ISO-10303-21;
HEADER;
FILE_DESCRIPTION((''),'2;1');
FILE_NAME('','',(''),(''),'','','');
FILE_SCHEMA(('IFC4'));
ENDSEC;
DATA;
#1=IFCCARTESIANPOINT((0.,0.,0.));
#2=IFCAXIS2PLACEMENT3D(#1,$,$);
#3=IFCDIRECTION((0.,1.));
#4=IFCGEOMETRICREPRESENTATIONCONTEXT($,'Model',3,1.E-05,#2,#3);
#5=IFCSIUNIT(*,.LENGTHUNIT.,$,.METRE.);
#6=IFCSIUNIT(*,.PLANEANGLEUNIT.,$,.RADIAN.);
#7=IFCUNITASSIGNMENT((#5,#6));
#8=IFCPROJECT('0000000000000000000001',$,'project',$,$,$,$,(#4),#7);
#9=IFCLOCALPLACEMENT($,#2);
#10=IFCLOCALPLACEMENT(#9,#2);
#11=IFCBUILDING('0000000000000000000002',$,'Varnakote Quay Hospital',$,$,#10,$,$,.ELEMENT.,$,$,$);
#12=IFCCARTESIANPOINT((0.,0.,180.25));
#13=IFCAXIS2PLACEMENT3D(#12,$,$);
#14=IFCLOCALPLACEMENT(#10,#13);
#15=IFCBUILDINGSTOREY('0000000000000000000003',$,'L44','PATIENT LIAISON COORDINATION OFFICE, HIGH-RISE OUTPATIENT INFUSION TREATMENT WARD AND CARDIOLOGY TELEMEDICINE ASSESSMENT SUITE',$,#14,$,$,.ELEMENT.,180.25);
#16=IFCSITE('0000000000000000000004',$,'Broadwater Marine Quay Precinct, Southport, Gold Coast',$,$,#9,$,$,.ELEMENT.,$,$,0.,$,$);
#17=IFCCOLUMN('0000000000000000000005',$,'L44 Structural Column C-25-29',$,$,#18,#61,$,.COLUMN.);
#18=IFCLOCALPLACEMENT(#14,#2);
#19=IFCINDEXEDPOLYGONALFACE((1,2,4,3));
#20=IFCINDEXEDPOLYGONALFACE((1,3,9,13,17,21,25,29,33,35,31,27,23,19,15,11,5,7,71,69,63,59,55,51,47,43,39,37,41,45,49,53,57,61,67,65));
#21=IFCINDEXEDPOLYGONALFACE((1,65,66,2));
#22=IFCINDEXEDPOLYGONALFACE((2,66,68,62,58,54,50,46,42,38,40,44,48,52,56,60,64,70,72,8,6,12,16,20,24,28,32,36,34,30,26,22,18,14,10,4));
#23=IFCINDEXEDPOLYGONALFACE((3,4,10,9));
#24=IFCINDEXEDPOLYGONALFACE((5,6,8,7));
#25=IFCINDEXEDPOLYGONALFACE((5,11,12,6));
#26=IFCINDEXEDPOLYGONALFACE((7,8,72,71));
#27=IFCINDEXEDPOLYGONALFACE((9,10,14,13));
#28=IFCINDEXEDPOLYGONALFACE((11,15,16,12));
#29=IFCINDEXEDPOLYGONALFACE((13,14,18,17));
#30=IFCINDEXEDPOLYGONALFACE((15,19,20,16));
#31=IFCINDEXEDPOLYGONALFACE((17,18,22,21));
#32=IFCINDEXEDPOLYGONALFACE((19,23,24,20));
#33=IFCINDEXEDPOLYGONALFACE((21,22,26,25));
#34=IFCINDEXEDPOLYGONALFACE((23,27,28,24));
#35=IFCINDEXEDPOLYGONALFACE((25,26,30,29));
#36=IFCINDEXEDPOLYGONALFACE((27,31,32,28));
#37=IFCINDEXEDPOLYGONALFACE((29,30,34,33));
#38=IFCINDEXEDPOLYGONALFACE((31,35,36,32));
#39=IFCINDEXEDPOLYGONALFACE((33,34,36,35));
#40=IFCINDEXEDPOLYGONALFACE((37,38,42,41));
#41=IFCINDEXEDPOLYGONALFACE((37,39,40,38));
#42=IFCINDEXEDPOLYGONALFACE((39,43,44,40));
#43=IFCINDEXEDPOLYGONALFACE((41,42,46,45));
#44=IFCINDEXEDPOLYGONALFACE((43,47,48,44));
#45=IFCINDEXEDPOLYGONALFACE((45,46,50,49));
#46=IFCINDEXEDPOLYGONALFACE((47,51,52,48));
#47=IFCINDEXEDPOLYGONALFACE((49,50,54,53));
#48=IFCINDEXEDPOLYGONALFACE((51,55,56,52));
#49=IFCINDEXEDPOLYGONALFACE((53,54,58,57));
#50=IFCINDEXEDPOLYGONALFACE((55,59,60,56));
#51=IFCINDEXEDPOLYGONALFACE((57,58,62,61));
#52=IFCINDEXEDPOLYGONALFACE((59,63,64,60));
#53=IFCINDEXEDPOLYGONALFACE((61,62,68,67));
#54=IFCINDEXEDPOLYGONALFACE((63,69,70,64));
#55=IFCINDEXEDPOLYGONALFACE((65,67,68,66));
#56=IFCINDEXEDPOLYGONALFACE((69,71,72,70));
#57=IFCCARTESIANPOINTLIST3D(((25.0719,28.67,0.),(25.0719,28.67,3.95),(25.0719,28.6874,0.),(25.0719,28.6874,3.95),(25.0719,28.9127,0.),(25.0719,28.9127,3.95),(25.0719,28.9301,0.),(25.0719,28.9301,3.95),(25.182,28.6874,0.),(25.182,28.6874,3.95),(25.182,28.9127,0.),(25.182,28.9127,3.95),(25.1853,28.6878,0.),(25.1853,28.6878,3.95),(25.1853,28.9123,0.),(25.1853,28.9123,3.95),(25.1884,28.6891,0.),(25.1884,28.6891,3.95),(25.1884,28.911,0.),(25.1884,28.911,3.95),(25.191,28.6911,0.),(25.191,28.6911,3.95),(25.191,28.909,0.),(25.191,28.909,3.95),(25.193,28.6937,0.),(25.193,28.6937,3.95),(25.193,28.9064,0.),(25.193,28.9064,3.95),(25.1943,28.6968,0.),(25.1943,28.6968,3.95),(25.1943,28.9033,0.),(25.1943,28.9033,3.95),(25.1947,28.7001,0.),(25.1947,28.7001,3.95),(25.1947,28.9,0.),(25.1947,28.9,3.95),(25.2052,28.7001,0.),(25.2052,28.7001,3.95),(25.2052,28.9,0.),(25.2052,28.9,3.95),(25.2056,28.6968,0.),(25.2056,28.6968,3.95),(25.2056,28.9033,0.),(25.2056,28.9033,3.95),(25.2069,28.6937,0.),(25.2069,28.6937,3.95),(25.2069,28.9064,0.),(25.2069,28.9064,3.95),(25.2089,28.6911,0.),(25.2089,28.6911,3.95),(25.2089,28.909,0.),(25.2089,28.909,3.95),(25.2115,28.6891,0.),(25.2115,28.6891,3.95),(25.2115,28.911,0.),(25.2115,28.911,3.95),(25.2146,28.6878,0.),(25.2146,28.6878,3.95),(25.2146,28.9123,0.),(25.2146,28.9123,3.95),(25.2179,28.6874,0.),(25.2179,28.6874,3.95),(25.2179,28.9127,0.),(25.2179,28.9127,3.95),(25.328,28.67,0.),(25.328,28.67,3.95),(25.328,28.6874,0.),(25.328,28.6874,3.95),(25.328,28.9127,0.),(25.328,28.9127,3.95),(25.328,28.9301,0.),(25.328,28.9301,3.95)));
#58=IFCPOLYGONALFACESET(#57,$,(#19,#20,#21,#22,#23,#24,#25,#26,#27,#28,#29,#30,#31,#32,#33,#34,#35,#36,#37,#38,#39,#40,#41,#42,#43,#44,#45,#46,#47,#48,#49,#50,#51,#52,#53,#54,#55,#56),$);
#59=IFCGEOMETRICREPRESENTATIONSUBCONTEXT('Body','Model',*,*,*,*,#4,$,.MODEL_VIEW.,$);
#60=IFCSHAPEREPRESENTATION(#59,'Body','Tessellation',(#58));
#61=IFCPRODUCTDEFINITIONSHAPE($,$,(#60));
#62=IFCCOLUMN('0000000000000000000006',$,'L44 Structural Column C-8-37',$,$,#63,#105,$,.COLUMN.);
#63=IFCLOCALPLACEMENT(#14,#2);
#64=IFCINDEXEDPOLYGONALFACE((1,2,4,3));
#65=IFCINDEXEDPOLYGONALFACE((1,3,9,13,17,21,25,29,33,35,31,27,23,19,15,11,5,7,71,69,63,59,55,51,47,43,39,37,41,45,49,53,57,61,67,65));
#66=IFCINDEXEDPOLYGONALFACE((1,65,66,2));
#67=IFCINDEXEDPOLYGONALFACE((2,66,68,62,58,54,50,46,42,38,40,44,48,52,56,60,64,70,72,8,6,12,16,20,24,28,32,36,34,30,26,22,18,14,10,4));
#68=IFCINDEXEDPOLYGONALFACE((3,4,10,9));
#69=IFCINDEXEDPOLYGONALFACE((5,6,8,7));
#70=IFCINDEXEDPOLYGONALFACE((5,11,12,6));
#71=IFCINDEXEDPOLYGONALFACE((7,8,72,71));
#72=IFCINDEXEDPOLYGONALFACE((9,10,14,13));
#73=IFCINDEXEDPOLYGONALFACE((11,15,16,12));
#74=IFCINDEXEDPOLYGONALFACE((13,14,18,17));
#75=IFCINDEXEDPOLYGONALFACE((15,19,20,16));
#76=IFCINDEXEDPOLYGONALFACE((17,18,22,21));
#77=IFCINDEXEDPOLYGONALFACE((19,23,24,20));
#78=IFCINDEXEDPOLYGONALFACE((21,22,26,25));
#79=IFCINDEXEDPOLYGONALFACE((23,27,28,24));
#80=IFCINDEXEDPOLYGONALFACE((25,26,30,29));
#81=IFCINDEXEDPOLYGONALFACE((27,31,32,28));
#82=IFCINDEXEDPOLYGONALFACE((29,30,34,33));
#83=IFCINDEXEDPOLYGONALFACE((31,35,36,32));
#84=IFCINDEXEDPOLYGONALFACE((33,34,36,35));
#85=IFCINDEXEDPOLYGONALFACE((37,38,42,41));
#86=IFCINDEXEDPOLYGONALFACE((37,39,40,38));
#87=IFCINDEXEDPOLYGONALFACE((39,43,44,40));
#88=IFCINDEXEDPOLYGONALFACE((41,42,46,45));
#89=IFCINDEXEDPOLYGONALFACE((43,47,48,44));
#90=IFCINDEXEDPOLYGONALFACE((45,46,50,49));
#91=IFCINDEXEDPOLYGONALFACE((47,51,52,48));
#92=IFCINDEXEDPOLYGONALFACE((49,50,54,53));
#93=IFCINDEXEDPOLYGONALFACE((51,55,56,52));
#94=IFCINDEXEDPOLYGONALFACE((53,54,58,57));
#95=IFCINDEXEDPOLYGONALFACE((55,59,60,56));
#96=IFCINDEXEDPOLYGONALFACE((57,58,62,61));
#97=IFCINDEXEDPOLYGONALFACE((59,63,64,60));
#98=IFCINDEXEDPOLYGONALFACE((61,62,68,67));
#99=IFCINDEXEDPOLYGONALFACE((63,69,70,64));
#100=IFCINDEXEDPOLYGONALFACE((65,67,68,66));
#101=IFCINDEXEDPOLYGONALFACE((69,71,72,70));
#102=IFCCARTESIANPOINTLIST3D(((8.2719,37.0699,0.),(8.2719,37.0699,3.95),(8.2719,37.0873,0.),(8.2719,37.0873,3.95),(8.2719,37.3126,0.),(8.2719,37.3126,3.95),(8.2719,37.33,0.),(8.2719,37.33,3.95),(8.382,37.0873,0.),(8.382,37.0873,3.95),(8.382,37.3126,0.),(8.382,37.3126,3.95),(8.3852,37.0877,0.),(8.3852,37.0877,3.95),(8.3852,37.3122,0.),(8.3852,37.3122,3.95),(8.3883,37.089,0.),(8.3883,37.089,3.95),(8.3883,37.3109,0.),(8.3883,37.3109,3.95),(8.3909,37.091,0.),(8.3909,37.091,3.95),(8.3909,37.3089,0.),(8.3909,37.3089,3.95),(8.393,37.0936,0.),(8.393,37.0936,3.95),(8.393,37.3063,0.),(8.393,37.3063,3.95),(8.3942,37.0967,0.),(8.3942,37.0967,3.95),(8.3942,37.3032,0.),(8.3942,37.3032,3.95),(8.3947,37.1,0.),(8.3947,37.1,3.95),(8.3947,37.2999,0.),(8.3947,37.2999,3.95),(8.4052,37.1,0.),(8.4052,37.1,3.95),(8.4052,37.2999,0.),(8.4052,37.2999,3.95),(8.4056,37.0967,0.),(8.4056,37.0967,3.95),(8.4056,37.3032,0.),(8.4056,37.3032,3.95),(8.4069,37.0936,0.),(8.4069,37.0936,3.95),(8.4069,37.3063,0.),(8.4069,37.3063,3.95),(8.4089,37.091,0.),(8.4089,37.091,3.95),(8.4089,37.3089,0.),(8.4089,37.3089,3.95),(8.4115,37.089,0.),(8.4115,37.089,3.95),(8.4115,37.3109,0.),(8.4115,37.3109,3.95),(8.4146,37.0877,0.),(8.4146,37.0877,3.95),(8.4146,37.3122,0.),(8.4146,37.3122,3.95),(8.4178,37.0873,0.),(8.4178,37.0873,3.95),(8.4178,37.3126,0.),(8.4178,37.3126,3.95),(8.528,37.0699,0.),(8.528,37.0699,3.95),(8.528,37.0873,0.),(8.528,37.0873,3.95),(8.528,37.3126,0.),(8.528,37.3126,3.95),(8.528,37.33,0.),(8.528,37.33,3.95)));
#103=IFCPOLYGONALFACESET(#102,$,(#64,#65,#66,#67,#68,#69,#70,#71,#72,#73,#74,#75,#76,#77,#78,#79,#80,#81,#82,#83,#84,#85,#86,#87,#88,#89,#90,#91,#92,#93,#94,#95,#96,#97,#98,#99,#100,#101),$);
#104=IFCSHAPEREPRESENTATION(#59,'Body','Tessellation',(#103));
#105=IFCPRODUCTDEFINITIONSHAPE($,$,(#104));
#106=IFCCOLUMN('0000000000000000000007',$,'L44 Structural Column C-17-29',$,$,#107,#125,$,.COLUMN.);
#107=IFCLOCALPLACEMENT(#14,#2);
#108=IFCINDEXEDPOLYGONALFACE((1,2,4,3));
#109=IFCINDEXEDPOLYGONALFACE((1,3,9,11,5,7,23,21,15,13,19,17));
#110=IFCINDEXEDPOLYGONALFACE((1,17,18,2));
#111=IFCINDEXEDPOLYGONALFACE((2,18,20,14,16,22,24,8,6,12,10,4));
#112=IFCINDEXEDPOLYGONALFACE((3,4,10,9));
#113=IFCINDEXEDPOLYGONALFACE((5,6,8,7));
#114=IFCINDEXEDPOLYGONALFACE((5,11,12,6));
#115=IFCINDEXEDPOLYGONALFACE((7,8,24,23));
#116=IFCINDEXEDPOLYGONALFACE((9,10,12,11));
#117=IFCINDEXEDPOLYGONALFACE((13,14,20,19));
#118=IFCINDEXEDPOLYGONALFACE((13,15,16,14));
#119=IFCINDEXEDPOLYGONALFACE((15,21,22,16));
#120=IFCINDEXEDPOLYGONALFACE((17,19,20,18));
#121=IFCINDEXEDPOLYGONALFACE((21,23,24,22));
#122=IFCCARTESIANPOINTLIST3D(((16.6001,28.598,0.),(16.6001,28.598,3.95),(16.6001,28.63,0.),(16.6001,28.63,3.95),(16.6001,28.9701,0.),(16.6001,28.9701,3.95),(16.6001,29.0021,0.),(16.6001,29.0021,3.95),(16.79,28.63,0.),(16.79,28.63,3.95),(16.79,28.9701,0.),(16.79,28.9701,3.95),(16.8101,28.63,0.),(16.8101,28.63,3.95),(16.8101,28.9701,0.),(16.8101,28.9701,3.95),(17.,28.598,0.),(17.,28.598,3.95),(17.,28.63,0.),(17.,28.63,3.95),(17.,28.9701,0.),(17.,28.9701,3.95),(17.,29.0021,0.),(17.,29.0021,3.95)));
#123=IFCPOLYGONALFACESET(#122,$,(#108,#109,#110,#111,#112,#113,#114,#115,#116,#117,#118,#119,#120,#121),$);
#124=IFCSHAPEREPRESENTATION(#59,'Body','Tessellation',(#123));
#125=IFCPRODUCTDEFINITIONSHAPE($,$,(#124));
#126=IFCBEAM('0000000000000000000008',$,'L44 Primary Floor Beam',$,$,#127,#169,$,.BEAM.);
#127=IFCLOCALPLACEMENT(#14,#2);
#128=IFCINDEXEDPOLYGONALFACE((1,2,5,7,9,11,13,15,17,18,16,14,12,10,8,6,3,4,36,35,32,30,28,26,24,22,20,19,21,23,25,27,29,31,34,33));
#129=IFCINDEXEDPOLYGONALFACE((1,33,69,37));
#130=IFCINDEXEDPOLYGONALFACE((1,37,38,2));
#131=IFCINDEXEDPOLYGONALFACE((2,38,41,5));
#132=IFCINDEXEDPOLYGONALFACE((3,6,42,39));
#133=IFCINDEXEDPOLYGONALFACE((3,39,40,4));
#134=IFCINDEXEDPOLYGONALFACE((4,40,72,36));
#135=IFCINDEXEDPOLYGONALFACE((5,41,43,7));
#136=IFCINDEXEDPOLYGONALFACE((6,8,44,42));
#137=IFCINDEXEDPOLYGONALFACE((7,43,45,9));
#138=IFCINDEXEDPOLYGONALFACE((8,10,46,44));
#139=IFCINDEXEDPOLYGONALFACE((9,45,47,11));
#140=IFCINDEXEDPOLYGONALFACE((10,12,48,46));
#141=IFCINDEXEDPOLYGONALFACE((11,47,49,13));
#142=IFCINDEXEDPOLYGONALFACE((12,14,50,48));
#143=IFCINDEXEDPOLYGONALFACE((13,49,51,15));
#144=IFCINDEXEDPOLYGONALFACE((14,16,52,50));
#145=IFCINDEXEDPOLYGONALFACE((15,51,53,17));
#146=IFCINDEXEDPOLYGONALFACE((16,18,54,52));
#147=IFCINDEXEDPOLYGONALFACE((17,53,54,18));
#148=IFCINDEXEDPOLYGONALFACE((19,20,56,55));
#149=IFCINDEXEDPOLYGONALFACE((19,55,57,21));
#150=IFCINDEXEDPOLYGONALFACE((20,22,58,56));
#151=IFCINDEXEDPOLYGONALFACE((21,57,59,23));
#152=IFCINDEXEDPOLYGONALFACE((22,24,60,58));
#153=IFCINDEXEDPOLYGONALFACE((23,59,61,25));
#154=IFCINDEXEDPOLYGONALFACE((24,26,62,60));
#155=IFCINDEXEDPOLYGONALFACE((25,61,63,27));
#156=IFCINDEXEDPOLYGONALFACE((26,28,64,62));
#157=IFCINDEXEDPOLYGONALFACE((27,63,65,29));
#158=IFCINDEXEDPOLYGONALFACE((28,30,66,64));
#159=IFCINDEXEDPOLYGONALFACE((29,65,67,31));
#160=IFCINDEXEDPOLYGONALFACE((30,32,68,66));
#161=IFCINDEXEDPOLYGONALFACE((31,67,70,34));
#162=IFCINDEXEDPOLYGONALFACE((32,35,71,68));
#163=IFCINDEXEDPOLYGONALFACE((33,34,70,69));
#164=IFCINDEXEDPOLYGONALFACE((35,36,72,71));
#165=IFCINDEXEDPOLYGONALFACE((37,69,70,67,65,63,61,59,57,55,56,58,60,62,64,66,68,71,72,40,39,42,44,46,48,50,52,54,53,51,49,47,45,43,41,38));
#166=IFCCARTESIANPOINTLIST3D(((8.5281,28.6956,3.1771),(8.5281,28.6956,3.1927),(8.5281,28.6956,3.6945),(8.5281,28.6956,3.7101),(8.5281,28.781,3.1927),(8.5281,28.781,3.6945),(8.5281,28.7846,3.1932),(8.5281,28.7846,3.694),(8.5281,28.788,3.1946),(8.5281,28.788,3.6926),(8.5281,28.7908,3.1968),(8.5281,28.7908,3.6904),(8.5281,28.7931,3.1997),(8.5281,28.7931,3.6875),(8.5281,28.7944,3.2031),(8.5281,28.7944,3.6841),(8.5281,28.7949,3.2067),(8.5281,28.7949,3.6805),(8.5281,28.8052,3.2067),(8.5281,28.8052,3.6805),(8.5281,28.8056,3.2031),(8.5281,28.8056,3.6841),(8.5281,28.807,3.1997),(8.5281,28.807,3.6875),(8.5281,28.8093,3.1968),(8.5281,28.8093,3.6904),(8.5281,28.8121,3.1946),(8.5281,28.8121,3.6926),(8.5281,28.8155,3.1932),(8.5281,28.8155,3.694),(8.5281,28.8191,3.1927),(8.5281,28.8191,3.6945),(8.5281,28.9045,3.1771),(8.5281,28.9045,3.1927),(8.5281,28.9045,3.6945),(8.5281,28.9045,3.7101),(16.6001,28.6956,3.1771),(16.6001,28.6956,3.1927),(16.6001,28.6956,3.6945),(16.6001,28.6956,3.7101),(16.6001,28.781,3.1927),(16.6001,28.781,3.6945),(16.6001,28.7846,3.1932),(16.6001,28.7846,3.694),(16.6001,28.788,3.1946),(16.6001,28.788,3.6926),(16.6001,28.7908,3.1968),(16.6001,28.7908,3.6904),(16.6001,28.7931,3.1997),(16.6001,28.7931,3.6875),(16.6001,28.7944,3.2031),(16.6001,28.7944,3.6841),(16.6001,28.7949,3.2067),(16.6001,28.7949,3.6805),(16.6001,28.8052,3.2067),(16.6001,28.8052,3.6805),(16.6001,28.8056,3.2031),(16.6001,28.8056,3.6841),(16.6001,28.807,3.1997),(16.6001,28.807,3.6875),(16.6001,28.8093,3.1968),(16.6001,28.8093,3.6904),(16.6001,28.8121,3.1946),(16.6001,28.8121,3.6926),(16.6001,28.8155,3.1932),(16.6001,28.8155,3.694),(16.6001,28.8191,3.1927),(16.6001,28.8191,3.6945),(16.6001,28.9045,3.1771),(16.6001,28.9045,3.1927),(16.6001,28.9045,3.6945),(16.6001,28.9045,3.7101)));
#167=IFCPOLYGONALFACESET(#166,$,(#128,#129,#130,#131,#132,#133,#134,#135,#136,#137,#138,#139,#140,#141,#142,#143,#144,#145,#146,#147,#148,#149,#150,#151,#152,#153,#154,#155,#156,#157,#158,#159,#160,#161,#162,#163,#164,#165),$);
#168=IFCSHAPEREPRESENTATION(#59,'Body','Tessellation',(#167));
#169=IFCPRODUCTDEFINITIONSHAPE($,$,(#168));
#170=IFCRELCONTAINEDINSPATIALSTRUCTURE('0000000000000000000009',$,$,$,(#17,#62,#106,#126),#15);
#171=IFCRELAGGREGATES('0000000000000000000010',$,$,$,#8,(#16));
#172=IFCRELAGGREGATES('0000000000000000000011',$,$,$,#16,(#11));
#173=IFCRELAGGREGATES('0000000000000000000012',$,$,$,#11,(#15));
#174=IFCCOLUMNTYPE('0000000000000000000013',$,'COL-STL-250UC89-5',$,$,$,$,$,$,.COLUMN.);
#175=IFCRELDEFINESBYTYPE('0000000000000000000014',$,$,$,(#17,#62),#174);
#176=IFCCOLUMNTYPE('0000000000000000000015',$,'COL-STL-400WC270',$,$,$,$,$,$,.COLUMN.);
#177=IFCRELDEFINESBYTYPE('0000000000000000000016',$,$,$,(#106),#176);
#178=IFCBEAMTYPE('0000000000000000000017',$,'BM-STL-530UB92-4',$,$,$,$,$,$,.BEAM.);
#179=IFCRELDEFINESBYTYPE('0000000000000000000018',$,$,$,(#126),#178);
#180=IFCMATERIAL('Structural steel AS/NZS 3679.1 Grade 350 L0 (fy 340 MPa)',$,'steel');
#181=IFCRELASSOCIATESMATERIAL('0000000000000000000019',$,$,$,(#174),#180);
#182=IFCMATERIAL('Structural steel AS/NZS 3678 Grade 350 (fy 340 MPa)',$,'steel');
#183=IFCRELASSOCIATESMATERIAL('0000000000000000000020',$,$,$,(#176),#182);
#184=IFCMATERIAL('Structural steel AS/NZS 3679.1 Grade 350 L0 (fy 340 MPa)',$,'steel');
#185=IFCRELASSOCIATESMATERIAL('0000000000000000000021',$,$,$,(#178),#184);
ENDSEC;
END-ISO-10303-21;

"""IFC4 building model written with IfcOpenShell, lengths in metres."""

from ifc_helpers import new_model, si_unit, direction, frame, origin, origin_2d, place, context, subcontext, project, spatial, i_section, extrude, material, material_profile, profile_set, type_object, element, save


model = new_model("IFC4")

# Units and contexts
model_context = context("Model", 3, precision=1e-05, world=origin(), true_north=direction((0.0, 1.0)))
body_context = subcontext(model_context, "Body", "Model", "MODEL_VIEW")
ifc_project = project(units=[si_unit("LENGTHUNIT", "METRE"), si_unit("PLANEANGLEUNIT", "RADIAN")], contexts=[model_context])

# Site, building, storey
site_placement = place(None, origin())
site = spatial("IfcSite", under=ifc_project, at=site_placement, Name="Broadwater Marine Quay Precinct, Southport, Gold Coast", CompositionType="ELEMENT", RefElevation=0.0)
building_placement = place(site_placement, origin())
building = spatial("IfcBuilding", under=site, at=building_placement, Name="Varnakote Quay Hospital", CompositionType="ELEMENT")
storey_placement = place(building_placement, frame((0.0, 0.0, 180.25)))
storey = spatial("IfcBuildingStorey", under=building, at=storey_placement, Name="L44", Description="PATIENT LIAISON COORDINATION OFFICE, HIGH-RISE OUTPATIENT INFUSION TREATMENT WARD AND CARDIOLOGY TELEMEDICINE ASSESSMENT SUITE", CompositionType="ELEMENT", Elevation=180.25)

# Columns
ifc_material_1 = material(Name="Structural steel AS/NZS 3679.1 Grade 350 L0 (fy 340 MPa)", Category="steel")
ifc_material_profile_1 = material_profile(ifc_material_1, i_section(OverallWidth=0.2561, OverallDepth=0.26, WebThickness=0.0105, FlangeThickness=0.0173, FilletRadius=0.0127, at=origin_2d()), Name="250UC89.5")
ifc_profile_set_1 = profile_set([ifc_material_profile_1], Name="Structural steel AS/NZS 3679.1 Grade 350 L0 (fy 340 MPa)")
column_type_1 = type_object("IfcColumnType", Name="COL-STL-250UC89-5", PredefinedType="COLUMN", material=ifc_profile_set_1)
for number, where, z_axis, x_axis, name in (
    (1, (25.2, 28.8, 0.0), (0.0, 0.0, 1.0), (1.0, 0.0, 0.0), "L44 Structural Column C-25-29"),
    (2, (8.3999, 37.2, 0.0), (0.0, 0.0, 1.0), (1.0, 0.0, 0.0), "L44 Structural Column C-8-37"),
):
    element("IfcColumn", number, at=place(storey_placement, frame(where, z_axis=z_axis, x_axis=x_axis)), inside=storey, type_object=column_type_1, Name=name, PredefinedType="COLUMN", context=body_context, shape_type="SweptSolid", body=[
        extrude(i_section(OverallWidth=0.2561, OverallDepth=0.26, WebThickness=0.0105, FlangeThickness=0.0173, FilletRadius=0.0127, at=origin_2d()), origin(), (0.0, 0.0, 1.0), 3.95),
    ])
ifc_material_2 = material(Name="Structural steel AS/NZS 3678 Grade 350 (fy 340 MPa)", Category="steel")
ifc_material_profile_2 = material_profile(ifc_material_2, i_section(OverallWidth=0.3999, OverallDepth=0.4041, WebThickness=0.02, FlangeThickness=0.032, at=origin_2d()), Name="400WC270")
ifc_profile_set_2 = profile_set([ifc_material_profile_2], Name="Structural steel AS/NZS 3678 Grade 350 (fy 340 MPa)")
column_type_2 = type_object("IfcColumnType", Name="COL-STL-400WC270", PredefinedType="COLUMN", material=ifc_profile_set_2)
column_placement = place(storey_placement, frame((16.8, 28.8, 0.0), z_axis=(0.0, 0.0, 1.0), x_axis=(1.0, 0.0, 0.0)))
element("IfcColumn", 3, at=column_placement, inside=storey, type_object=column_type_2, Name="L44 Structural Column C-17-29", PredefinedType="COLUMN", context=body_context, shape_type="SweptSolid", body=[
    extrude(i_section(OverallWidth=0.3999, OverallDepth=0.4041, WebThickness=0.02, FlangeThickness=0.032, at=origin_2d()), origin(), (0.0, 0.0, 1.0), 3.95),
])

# Beam
ifc_material_3 = material(Name="Structural steel AS/NZS 3679.1 Grade 350 L0 (fy 340 MPa)", Category="steel")
ifc_material_profile_3 = material_profile(ifc_material_3, i_section(OverallWidth=0.209, OverallDepth=0.533, WebThickness=0.0103, FlangeThickness=0.0156, FilletRadius=0.0139, at=origin_2d()), Name="530UB92.4")
ifc_profile_set_3 = profile_set([ifc_material_profile_3], Name="Structural steel AS/NZS 3679.1 Grade 350 L0 (fy 340 MPa)")
beam_type_1 = type_object("IfcBeamType", Name="BM-STL-530UB92-4", PredefinedType="BEAM", material=ifc_profile_set_3)
for number, where, z_axis, x_axis, name in (
    (4, (8.5281, 28.8, 3.4436), (1.0, 0.0, 0.0), (0.0, 1.0, 0.0), "L44 Primary Floor Beam"),
):
    element("IfcBeam", number, at=place(storey_placement, frame(where, z_axis=z_axis, x_axis=x_axis)), inside=storey, type_object=beam_type_1, Name=name, PredefinedType="BEAM", context=body_context, shape_type="SweptSolid", body=[
        extrude(i_section(OverallWidth=0.209, OverallDepth=0.533, WebThickness=0.0103, FlangeThickness=0.0156, FilletRadius=0.0139, at=origin_2d()), origin(), (0.0, 0.0, 1.0), 8.072),
    ])

save(model, "model.ifc")
